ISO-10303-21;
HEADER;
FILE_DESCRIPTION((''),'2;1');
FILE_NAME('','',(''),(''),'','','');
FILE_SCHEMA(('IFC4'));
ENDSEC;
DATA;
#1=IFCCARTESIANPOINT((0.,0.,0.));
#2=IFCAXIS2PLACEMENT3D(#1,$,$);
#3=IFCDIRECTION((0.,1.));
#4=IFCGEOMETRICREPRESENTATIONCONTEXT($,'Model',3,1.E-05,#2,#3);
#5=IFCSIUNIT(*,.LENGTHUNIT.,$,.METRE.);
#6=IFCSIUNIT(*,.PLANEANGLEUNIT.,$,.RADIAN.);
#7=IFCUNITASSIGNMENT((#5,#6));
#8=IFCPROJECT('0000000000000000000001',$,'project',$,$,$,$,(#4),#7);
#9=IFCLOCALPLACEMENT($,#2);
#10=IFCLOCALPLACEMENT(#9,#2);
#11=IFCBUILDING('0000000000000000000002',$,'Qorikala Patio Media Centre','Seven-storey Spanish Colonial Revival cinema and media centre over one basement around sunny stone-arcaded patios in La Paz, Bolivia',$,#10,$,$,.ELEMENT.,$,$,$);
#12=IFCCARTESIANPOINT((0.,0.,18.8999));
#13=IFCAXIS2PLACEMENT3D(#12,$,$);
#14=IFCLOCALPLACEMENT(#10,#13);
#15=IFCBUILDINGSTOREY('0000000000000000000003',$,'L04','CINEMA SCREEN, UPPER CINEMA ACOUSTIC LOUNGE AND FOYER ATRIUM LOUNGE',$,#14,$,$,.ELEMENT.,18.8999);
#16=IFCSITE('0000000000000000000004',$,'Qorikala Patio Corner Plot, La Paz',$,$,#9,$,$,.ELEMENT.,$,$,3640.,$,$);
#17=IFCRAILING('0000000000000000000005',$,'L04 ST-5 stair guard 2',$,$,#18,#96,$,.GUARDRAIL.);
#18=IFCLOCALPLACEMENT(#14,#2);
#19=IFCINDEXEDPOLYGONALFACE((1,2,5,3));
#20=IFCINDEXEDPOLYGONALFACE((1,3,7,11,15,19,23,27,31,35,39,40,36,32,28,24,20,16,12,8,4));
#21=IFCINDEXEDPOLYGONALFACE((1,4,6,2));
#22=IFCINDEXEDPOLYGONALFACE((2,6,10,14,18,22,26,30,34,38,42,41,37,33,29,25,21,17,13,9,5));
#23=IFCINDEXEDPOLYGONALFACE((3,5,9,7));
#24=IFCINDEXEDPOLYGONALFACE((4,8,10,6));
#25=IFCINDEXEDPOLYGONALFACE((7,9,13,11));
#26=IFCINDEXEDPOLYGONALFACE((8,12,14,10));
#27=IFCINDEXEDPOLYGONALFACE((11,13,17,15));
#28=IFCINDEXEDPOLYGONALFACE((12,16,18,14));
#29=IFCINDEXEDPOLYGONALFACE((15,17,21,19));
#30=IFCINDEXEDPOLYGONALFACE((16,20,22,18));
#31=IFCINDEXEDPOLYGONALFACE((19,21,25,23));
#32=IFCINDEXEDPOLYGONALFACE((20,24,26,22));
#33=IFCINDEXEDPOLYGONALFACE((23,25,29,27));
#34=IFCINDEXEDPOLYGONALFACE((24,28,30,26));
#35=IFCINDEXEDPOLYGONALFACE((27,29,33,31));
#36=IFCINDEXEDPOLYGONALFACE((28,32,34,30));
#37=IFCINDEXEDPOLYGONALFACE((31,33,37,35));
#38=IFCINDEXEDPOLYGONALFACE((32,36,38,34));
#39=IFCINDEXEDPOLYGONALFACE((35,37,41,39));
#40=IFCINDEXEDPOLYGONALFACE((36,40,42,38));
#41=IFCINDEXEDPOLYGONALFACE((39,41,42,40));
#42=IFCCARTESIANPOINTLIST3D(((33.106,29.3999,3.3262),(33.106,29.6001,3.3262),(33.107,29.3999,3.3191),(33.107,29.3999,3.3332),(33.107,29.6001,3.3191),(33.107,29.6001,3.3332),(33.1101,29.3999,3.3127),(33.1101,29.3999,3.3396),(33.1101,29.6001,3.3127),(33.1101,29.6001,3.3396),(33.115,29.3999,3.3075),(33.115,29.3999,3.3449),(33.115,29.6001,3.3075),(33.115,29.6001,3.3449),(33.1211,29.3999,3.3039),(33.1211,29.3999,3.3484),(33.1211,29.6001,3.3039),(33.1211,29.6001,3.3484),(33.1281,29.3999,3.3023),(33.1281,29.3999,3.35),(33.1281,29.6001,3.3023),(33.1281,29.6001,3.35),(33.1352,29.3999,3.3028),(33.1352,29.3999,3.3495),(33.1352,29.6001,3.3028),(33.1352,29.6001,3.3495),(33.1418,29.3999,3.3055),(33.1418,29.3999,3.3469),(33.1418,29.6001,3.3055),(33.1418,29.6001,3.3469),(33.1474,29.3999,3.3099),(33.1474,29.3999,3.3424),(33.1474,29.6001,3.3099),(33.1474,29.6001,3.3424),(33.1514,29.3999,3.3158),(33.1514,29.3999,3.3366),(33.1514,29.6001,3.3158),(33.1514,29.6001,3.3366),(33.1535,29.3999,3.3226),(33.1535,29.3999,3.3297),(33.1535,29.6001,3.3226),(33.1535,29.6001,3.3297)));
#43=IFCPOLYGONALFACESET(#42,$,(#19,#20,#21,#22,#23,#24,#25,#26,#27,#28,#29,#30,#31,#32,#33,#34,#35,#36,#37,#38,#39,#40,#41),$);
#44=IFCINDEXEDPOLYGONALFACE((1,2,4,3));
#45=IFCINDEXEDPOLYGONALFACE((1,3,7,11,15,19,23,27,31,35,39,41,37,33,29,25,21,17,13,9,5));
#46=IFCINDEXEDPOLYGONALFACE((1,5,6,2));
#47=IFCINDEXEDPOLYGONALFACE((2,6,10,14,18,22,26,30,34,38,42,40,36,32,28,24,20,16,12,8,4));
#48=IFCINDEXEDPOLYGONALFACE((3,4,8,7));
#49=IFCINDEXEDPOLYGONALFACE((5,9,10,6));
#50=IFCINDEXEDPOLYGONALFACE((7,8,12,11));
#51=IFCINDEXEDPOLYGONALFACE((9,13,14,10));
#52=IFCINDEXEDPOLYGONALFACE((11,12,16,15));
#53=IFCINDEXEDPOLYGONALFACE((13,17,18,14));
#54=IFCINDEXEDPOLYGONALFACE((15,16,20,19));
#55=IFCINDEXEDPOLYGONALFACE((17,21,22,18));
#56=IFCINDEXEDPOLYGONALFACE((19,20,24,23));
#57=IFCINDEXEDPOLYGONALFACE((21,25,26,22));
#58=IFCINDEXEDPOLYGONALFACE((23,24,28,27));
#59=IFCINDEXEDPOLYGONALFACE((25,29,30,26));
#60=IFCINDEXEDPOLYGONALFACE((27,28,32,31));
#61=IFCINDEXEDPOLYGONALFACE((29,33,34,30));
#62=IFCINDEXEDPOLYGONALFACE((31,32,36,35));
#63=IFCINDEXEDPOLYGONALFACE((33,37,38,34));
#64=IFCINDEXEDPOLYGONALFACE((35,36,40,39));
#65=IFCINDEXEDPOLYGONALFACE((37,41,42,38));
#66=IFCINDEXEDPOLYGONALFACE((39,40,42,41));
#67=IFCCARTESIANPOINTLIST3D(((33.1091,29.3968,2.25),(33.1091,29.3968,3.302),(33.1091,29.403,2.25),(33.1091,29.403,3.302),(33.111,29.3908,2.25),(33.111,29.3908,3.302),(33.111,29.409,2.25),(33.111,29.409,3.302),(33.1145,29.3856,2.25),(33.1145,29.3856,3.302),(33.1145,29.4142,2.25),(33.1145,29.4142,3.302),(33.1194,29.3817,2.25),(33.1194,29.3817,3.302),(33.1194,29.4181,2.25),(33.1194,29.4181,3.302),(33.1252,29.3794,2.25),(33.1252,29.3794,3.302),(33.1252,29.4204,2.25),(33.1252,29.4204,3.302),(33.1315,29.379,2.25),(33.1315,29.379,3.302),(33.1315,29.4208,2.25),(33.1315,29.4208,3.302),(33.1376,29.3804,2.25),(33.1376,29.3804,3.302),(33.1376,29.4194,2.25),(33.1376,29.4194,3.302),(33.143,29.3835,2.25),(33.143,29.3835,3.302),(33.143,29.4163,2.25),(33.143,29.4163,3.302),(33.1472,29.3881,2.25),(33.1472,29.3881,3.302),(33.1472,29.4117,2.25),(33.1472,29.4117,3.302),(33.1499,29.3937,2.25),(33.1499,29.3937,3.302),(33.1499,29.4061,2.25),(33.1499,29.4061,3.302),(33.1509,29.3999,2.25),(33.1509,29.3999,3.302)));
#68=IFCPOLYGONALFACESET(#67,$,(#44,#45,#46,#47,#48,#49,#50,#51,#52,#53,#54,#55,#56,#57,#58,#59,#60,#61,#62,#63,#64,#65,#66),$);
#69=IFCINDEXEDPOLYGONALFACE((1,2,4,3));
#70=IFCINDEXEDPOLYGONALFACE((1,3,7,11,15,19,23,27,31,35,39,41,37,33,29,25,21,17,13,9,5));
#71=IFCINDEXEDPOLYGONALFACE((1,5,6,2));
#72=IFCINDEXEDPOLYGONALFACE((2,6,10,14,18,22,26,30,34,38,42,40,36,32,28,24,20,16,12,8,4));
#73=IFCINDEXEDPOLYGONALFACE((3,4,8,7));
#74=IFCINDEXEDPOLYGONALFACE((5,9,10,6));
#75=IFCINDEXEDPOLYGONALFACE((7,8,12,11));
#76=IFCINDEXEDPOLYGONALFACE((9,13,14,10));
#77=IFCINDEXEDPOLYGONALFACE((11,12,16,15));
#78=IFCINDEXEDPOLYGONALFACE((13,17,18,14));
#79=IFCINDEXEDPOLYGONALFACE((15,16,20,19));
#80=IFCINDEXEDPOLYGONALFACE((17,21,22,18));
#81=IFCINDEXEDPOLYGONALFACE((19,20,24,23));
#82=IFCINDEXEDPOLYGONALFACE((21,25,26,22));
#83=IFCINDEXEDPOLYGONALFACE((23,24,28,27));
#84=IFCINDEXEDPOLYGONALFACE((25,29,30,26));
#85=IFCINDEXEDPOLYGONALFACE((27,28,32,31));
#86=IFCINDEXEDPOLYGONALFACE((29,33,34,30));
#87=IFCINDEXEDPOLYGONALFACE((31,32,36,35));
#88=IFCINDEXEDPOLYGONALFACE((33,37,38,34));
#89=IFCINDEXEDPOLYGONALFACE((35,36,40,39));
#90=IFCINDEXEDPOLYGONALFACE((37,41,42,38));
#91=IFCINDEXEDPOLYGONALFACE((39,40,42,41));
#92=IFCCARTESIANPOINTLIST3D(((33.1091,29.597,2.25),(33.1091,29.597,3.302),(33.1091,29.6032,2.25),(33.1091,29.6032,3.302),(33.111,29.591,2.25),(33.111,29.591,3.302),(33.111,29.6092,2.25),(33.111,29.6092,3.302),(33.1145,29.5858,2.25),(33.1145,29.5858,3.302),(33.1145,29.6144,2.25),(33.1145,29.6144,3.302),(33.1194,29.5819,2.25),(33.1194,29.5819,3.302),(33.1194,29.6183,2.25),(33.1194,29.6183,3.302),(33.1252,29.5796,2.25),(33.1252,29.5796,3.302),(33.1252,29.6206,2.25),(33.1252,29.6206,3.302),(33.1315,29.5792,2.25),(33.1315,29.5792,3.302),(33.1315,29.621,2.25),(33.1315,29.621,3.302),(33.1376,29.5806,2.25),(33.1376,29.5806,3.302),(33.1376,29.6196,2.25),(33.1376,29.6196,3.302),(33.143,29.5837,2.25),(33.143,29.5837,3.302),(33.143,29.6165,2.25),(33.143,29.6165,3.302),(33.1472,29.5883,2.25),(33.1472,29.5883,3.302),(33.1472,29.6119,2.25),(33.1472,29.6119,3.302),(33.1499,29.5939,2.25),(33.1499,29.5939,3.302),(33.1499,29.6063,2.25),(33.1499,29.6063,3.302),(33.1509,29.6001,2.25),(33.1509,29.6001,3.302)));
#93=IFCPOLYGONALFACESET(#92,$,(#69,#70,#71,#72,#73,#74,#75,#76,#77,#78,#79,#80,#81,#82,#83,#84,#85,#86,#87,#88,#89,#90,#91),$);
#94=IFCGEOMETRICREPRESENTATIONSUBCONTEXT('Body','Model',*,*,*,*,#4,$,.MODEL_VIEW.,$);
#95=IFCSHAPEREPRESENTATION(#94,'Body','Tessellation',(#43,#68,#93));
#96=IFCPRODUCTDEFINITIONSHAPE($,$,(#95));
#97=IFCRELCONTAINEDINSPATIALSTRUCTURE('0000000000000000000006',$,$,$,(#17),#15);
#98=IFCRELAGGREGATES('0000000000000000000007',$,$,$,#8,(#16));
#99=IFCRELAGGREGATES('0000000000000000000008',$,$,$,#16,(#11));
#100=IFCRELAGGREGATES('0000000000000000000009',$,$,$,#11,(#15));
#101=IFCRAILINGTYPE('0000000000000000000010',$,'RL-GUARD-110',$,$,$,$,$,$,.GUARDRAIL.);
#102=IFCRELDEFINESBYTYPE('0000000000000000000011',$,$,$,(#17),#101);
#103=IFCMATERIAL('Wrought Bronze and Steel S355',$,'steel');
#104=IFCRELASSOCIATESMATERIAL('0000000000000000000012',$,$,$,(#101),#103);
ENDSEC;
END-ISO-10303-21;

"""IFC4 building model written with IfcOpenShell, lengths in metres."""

from ifc_helpers import new_model, si_unit, direction, frame, origin, origin_2d, place, context, subcontext, project, spatial, circle, extrude, material, type_object, element, save


model = new_model("IFC4")

# Units and contexts
model_context = context("Model", 3, precision=1e-05, world=origin(), true_north=direction((0.0, 1.0)))
body_context = subcontext(model_context, "Body", "Model", "MODEL_VIEW")
ifc_project = project(units=[si_unit("LENGTHUNIT", "METRE"), si_unit("PLANEANGLEUNIT", "RADIAN")], contexts=[model_context])

# Site, building, storey
site_placement = place(None, origin())
site = spatial("IfcSite", under=ifc_project, at=site_placement, Name="Qorikala Patio Corner Plot, La Paz", CompositionType="ELEMENT", RefElevation=3640.0)
building_placement = place(site_placement, origin())
building = spatial("IfcBuilding", under=site, at=building_placement, Name="Qorikala Patio Media Centre", Description="Seven-storey Spanish Colonial Revival cinema and media centre over one basement around sunny stone-arcaded patios in La Paz, Bolivia", CompositionType="ELEMENT")
storey_placement = place(building_placement, frame((0.0, 0.0, 18.8999)))
storey = spatial("IfcBuildingStorey", under=building, at=storey_placement, Name="L04", Description="CINEMA SCREEN, UPPER CINEMA ACOUSTIC LOUNGE AND FOYER ATRIUM LOUNGE", CompositionType="ELEMENT", Elevation=18.8999)

# Railing
ifc_material_1 = material(Name="Wrought Bronze and Steel S355", Category="steel")
railing_type_1 = type_object("IfcRailingType", Name="RL-GUARD-110", PredefinedType="GUARDRAIL", material=ifc_material_1)
railing_1_placement = place(storey_placement, frame((33.1299, 29.3999, 2.25)))
element("IfcRailing", 1, at=railing_1_placement, inside=storey, type_object=railing_type_1, Name="L04 ST-5 stair guard 2", PredefinedType="GUARDRAIL", context=body_context, shape_type="SweptSolid", body=[
    extrude(circle(Radius=0.0239, at=origin_2d()), frame((0.0, 0.0, 1.0762), z_axis=(0.0, 1.0, 0.0), x_axis=(-1.0, 0.0, 0.0)), (0.0, 0.0, 1.0), 0.2002),
    extrude(circle(Radius=0.021, at=origin_2d()), origin(), (0.0, 0.0, 1.0), 1.052),
    extrude(circle(Radius=0.021, at=origin_2d()), frame((0.0, 0.2002, 0.0)), (0.0, 0.0, 1.0), 1.052),
])

save(model, "model.ifc")
